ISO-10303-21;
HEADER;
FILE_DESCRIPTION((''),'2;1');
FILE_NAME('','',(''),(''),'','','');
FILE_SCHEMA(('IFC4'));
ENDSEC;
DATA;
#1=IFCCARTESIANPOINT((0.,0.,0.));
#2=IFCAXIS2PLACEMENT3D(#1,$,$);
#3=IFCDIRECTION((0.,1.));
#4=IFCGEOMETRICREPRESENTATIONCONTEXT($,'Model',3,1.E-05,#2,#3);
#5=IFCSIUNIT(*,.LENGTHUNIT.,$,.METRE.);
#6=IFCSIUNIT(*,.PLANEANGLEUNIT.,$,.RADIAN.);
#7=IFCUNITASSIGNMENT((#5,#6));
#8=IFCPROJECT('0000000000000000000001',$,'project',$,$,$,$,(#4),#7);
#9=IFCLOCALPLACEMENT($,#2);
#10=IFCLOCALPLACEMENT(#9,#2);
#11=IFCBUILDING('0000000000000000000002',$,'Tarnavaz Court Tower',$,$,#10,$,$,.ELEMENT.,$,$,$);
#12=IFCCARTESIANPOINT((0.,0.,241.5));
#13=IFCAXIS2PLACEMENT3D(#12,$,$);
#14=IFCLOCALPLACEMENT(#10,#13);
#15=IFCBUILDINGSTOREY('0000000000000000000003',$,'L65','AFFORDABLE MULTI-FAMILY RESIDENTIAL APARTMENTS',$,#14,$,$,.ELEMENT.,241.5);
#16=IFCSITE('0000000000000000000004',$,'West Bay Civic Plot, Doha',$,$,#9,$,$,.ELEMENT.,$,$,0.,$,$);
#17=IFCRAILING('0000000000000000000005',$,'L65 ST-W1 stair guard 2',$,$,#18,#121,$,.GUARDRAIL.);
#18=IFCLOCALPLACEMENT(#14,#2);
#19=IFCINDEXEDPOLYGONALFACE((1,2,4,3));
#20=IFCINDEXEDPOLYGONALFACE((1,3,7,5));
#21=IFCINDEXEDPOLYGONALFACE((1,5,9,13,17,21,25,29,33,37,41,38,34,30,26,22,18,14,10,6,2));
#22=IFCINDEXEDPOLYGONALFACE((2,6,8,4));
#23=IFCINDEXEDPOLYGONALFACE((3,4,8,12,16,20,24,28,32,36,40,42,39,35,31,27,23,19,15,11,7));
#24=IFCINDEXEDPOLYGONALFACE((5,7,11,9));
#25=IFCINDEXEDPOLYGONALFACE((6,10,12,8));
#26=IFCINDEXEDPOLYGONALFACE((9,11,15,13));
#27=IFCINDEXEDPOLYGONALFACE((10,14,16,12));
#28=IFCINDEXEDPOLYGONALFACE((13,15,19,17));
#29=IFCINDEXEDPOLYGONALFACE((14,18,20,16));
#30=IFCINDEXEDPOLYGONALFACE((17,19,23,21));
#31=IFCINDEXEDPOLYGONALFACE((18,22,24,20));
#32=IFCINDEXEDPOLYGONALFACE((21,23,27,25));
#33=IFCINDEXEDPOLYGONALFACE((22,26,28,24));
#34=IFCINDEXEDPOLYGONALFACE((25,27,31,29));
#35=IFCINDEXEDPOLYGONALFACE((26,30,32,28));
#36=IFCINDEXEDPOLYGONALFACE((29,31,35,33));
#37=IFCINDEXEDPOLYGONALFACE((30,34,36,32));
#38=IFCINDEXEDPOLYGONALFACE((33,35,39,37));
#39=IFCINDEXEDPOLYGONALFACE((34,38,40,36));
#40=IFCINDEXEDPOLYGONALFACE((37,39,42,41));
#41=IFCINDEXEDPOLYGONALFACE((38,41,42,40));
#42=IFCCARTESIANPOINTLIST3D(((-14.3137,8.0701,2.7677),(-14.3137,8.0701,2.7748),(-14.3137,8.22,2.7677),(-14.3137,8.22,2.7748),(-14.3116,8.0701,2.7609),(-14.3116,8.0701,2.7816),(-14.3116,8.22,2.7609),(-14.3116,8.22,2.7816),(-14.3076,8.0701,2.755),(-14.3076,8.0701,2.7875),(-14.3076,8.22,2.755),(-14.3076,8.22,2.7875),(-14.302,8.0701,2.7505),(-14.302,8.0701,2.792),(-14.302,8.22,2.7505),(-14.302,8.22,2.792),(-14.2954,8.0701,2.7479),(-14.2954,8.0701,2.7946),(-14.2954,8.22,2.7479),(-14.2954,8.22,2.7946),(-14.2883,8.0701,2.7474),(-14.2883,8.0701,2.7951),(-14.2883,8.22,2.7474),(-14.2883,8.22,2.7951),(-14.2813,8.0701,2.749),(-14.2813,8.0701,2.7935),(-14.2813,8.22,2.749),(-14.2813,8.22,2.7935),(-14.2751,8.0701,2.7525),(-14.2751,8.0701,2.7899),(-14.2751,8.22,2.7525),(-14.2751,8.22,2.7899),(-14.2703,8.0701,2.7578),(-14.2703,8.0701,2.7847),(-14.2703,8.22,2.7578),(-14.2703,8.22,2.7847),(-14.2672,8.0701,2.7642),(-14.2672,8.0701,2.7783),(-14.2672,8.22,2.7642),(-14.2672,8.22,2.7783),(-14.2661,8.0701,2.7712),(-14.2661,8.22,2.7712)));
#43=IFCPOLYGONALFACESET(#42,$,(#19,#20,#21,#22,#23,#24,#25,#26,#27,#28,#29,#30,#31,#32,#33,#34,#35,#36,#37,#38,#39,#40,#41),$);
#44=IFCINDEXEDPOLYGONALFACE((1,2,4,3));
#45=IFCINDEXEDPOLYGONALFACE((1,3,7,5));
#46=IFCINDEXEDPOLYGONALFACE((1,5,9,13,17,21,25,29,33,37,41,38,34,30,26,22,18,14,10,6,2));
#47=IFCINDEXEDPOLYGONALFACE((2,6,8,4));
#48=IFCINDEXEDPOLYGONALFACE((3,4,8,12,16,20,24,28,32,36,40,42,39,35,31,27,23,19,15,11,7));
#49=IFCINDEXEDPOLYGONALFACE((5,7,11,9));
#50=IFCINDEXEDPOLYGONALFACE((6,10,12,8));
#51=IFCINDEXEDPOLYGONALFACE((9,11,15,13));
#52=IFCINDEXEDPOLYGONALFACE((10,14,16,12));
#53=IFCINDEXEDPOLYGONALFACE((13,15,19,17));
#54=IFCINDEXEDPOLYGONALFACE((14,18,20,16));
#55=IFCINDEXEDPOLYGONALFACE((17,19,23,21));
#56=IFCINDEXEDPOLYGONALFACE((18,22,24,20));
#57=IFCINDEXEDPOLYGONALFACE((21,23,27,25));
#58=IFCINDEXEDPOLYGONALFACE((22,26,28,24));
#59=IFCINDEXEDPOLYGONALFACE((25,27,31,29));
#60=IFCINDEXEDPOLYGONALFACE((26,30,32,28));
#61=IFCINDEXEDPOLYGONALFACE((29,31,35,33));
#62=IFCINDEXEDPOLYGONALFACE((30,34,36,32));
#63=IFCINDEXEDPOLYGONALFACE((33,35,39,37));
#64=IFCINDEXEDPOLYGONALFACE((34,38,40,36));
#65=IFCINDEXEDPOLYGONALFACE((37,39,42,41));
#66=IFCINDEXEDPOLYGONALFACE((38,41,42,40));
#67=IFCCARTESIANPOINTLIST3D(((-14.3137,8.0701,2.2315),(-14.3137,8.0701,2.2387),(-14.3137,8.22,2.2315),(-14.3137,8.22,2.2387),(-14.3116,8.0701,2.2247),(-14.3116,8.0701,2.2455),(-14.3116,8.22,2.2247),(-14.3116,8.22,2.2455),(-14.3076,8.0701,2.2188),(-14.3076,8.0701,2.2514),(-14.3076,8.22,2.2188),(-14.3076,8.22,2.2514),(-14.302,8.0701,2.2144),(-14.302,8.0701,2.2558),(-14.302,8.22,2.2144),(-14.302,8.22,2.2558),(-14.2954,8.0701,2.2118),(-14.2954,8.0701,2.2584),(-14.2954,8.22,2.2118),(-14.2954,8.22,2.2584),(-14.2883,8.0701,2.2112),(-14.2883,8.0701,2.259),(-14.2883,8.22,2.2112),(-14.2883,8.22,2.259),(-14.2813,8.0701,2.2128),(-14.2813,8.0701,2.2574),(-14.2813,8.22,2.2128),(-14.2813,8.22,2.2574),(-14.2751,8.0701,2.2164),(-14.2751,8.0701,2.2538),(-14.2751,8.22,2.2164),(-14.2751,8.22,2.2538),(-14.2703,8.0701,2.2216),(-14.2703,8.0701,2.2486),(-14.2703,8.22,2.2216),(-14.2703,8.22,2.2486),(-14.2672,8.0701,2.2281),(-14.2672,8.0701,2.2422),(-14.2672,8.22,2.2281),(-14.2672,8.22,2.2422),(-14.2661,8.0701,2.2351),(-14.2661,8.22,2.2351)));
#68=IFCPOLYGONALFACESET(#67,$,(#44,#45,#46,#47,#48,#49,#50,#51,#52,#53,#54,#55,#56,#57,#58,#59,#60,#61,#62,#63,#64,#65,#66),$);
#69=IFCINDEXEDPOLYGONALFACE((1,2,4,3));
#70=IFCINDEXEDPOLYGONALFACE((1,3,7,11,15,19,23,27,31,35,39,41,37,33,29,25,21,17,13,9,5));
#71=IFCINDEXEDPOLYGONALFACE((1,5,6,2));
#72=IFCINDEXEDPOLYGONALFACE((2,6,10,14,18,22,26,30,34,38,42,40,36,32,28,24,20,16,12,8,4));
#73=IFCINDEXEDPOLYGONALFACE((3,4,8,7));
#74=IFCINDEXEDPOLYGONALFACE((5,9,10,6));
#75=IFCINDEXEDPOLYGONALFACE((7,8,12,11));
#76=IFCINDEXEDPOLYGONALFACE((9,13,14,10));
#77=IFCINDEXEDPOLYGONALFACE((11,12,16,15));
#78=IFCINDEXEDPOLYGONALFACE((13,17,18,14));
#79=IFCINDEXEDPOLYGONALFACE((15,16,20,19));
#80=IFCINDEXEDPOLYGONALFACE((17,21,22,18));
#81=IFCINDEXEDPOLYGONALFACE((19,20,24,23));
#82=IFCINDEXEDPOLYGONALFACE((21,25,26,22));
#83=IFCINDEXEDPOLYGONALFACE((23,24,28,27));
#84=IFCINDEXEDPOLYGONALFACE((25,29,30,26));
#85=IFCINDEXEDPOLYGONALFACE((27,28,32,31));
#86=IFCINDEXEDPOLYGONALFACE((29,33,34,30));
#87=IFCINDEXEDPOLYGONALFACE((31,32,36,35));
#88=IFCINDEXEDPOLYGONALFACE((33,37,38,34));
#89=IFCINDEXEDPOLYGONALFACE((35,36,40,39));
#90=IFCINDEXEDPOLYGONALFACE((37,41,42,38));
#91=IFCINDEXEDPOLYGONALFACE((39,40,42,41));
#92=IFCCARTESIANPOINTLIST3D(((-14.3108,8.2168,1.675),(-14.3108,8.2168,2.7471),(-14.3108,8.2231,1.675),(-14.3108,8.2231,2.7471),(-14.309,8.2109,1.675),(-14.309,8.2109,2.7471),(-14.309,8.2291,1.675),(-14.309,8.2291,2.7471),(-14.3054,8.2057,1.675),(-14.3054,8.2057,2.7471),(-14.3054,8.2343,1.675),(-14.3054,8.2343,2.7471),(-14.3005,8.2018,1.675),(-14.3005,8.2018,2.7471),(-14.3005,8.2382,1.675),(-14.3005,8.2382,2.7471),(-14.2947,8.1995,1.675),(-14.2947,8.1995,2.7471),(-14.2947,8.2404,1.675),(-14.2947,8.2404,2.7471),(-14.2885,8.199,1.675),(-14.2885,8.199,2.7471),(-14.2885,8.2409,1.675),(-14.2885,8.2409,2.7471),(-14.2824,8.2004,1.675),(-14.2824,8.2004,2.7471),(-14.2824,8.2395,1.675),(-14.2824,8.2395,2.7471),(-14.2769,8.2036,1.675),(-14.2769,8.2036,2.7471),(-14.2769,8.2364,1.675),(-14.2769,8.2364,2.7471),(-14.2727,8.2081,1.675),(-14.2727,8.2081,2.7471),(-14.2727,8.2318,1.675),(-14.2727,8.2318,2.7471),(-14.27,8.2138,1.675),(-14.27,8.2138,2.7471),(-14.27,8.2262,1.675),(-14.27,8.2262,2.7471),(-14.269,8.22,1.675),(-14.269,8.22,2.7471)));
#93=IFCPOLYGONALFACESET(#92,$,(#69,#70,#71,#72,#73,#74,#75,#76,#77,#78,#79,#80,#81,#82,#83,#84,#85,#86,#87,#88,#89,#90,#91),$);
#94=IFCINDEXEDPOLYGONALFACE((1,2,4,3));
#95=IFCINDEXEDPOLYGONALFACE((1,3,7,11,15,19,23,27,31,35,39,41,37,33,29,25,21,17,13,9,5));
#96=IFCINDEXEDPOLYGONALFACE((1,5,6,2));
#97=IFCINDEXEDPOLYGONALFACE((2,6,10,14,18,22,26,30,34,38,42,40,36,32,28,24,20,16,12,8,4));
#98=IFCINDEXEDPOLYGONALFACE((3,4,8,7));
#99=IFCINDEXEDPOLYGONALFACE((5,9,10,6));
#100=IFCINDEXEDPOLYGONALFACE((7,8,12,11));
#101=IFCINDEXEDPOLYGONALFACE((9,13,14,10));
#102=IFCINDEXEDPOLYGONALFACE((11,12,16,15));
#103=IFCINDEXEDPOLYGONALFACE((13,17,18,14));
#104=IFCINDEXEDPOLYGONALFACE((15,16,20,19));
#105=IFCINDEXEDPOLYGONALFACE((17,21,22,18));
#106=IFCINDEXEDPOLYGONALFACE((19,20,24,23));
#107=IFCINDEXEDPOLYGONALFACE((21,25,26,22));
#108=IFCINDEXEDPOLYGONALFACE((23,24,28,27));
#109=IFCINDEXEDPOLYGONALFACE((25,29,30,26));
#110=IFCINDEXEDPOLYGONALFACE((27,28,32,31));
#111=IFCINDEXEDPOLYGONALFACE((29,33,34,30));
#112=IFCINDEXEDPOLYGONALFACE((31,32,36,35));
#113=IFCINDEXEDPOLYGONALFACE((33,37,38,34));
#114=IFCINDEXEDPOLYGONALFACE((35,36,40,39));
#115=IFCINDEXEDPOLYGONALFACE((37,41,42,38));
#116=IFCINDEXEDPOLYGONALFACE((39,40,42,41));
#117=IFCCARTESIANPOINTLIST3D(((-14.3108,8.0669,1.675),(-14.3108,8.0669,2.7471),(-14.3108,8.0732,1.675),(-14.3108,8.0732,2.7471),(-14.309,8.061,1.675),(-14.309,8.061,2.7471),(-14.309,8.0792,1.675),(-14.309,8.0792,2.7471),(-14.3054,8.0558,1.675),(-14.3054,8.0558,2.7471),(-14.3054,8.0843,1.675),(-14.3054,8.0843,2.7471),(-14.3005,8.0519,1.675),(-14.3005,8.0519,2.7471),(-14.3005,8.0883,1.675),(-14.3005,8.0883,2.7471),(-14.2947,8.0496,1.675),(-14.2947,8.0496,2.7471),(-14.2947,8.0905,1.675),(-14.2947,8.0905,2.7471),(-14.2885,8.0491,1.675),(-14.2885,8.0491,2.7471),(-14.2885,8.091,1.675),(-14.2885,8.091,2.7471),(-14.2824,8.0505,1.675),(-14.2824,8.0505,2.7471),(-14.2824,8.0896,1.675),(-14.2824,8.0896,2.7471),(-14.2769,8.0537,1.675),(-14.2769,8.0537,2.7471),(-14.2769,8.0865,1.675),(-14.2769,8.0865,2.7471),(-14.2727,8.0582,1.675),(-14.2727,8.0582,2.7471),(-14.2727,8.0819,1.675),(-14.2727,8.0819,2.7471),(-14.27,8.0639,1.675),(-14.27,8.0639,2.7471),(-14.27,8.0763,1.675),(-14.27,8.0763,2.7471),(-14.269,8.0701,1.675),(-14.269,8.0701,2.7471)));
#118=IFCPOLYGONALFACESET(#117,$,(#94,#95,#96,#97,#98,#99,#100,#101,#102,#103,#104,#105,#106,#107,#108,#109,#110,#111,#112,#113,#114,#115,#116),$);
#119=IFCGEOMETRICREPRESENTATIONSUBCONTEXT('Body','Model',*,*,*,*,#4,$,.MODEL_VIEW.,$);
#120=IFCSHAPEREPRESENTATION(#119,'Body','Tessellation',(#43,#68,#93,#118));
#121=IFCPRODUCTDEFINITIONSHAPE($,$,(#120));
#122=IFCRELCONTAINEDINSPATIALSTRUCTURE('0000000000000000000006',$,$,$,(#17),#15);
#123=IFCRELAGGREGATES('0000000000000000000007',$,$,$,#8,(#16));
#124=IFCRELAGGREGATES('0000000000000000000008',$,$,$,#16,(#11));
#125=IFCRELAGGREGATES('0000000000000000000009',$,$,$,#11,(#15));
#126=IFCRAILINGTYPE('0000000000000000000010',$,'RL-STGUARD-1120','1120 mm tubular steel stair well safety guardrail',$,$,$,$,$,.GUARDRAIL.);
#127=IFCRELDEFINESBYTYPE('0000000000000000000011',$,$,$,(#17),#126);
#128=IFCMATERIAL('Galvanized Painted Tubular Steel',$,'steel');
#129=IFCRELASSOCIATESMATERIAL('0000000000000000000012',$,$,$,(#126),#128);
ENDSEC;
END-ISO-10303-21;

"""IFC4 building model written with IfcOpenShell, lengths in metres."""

from ifc_helpers import new_model, si_unit, direction, frame, origin, origin_2d, place, context, subcontext, project, spatial, circle, extrude, material, type_object, element, save


model = new_model("IFC4")

# Units and contexts
model_context = context("Model", 3, precision=1e-05, world=origin(), true_north=direction((0.0, 1.0)))
body_context = subcontext(model_context, "Body", "Model", "MODEL_VIEW")
ifc_project = project(units=[si_unit("LENGTHUNIT", "METRE"), si_unit("PLANEANGLEUNIT", "RADIAN")], contexts=[model_context])

# Site, building, storey
site_placement = place(None, origin())
site = spatial("IfcSite", under=ifc_project, at=site_placement, Name="West Bay Civic Plot, Doha", CompositionType="ELEMENT", RefElevation=0.0)
building_placement = place(site_placement, origin())
building = spatial("IfcBuilding", under=site, at=building_placement, Name="Tarnavaz Court Tower", CompositionType="ELEMENT")
storey_placement = place(building_placement, frame((0.0, 0.0, 241.5)))
storey = spatial("IfcBuildingStorey", under=building, at=storey_placement, Name="L65", Description="AFFORDABLE MULTI-FAMILY RESIDENTIAL APARTMENTS", CompositionType="ELEMENT", Elevation=241.5)

# Railing
ifc_material_1 = material(Name="Galvanized Painted Tubular Steel", Category="steel")
railing_type_1 = type_object("IfcRailingType", Name="RL-STGUARD-1120", Description="1120 mm tubular steel stair well safety guardrail", PredefinedType="GUARDRAIL", material=ifc_material_1)
railing_1_placement = place(storey_placement, frame((-14.29, 8.22, 1.675)))
element("IfcRailing", 1, at=railing_1_placement, inside=storey, type_object=railing_type_1, Name="L65 ST-W1 stair guard 2", PredefinedType="GUARDRAIL", context=body_context, shape_type="SweptSolid", body=[
    extrude(circle(Radius=0.0239, at=origin_2d()), frame((0.0, 0.0, 1.0962), z_axis=(0.0, -1.0, 0.0), x_axis=(1.0, 0.0, 0.0)), (0.0, 0.0, 1.0), 0.1499),
    extrude(circle(Radius=0.0239, at=origin_2d()), frame((0.0, 0.0, 0.5601), z_axis=(0.0, -1.0, 0.0), x_axis=(1.0, 0.0, 0.0)), (0.0, 0.0, 1.0), 0.1499),
    extrude(circle(Radius=0.021, at=origin_2d()), origin(), (0.0, 0.0, 1.0), 1.072),
    extrude(circle(Radius=0.021, at=origin_2d()), frame((0.0, -0.1499, 0.0)), (0.0, 0.0, 1.0), 1.072),
])

save(model, "model.ifc")
